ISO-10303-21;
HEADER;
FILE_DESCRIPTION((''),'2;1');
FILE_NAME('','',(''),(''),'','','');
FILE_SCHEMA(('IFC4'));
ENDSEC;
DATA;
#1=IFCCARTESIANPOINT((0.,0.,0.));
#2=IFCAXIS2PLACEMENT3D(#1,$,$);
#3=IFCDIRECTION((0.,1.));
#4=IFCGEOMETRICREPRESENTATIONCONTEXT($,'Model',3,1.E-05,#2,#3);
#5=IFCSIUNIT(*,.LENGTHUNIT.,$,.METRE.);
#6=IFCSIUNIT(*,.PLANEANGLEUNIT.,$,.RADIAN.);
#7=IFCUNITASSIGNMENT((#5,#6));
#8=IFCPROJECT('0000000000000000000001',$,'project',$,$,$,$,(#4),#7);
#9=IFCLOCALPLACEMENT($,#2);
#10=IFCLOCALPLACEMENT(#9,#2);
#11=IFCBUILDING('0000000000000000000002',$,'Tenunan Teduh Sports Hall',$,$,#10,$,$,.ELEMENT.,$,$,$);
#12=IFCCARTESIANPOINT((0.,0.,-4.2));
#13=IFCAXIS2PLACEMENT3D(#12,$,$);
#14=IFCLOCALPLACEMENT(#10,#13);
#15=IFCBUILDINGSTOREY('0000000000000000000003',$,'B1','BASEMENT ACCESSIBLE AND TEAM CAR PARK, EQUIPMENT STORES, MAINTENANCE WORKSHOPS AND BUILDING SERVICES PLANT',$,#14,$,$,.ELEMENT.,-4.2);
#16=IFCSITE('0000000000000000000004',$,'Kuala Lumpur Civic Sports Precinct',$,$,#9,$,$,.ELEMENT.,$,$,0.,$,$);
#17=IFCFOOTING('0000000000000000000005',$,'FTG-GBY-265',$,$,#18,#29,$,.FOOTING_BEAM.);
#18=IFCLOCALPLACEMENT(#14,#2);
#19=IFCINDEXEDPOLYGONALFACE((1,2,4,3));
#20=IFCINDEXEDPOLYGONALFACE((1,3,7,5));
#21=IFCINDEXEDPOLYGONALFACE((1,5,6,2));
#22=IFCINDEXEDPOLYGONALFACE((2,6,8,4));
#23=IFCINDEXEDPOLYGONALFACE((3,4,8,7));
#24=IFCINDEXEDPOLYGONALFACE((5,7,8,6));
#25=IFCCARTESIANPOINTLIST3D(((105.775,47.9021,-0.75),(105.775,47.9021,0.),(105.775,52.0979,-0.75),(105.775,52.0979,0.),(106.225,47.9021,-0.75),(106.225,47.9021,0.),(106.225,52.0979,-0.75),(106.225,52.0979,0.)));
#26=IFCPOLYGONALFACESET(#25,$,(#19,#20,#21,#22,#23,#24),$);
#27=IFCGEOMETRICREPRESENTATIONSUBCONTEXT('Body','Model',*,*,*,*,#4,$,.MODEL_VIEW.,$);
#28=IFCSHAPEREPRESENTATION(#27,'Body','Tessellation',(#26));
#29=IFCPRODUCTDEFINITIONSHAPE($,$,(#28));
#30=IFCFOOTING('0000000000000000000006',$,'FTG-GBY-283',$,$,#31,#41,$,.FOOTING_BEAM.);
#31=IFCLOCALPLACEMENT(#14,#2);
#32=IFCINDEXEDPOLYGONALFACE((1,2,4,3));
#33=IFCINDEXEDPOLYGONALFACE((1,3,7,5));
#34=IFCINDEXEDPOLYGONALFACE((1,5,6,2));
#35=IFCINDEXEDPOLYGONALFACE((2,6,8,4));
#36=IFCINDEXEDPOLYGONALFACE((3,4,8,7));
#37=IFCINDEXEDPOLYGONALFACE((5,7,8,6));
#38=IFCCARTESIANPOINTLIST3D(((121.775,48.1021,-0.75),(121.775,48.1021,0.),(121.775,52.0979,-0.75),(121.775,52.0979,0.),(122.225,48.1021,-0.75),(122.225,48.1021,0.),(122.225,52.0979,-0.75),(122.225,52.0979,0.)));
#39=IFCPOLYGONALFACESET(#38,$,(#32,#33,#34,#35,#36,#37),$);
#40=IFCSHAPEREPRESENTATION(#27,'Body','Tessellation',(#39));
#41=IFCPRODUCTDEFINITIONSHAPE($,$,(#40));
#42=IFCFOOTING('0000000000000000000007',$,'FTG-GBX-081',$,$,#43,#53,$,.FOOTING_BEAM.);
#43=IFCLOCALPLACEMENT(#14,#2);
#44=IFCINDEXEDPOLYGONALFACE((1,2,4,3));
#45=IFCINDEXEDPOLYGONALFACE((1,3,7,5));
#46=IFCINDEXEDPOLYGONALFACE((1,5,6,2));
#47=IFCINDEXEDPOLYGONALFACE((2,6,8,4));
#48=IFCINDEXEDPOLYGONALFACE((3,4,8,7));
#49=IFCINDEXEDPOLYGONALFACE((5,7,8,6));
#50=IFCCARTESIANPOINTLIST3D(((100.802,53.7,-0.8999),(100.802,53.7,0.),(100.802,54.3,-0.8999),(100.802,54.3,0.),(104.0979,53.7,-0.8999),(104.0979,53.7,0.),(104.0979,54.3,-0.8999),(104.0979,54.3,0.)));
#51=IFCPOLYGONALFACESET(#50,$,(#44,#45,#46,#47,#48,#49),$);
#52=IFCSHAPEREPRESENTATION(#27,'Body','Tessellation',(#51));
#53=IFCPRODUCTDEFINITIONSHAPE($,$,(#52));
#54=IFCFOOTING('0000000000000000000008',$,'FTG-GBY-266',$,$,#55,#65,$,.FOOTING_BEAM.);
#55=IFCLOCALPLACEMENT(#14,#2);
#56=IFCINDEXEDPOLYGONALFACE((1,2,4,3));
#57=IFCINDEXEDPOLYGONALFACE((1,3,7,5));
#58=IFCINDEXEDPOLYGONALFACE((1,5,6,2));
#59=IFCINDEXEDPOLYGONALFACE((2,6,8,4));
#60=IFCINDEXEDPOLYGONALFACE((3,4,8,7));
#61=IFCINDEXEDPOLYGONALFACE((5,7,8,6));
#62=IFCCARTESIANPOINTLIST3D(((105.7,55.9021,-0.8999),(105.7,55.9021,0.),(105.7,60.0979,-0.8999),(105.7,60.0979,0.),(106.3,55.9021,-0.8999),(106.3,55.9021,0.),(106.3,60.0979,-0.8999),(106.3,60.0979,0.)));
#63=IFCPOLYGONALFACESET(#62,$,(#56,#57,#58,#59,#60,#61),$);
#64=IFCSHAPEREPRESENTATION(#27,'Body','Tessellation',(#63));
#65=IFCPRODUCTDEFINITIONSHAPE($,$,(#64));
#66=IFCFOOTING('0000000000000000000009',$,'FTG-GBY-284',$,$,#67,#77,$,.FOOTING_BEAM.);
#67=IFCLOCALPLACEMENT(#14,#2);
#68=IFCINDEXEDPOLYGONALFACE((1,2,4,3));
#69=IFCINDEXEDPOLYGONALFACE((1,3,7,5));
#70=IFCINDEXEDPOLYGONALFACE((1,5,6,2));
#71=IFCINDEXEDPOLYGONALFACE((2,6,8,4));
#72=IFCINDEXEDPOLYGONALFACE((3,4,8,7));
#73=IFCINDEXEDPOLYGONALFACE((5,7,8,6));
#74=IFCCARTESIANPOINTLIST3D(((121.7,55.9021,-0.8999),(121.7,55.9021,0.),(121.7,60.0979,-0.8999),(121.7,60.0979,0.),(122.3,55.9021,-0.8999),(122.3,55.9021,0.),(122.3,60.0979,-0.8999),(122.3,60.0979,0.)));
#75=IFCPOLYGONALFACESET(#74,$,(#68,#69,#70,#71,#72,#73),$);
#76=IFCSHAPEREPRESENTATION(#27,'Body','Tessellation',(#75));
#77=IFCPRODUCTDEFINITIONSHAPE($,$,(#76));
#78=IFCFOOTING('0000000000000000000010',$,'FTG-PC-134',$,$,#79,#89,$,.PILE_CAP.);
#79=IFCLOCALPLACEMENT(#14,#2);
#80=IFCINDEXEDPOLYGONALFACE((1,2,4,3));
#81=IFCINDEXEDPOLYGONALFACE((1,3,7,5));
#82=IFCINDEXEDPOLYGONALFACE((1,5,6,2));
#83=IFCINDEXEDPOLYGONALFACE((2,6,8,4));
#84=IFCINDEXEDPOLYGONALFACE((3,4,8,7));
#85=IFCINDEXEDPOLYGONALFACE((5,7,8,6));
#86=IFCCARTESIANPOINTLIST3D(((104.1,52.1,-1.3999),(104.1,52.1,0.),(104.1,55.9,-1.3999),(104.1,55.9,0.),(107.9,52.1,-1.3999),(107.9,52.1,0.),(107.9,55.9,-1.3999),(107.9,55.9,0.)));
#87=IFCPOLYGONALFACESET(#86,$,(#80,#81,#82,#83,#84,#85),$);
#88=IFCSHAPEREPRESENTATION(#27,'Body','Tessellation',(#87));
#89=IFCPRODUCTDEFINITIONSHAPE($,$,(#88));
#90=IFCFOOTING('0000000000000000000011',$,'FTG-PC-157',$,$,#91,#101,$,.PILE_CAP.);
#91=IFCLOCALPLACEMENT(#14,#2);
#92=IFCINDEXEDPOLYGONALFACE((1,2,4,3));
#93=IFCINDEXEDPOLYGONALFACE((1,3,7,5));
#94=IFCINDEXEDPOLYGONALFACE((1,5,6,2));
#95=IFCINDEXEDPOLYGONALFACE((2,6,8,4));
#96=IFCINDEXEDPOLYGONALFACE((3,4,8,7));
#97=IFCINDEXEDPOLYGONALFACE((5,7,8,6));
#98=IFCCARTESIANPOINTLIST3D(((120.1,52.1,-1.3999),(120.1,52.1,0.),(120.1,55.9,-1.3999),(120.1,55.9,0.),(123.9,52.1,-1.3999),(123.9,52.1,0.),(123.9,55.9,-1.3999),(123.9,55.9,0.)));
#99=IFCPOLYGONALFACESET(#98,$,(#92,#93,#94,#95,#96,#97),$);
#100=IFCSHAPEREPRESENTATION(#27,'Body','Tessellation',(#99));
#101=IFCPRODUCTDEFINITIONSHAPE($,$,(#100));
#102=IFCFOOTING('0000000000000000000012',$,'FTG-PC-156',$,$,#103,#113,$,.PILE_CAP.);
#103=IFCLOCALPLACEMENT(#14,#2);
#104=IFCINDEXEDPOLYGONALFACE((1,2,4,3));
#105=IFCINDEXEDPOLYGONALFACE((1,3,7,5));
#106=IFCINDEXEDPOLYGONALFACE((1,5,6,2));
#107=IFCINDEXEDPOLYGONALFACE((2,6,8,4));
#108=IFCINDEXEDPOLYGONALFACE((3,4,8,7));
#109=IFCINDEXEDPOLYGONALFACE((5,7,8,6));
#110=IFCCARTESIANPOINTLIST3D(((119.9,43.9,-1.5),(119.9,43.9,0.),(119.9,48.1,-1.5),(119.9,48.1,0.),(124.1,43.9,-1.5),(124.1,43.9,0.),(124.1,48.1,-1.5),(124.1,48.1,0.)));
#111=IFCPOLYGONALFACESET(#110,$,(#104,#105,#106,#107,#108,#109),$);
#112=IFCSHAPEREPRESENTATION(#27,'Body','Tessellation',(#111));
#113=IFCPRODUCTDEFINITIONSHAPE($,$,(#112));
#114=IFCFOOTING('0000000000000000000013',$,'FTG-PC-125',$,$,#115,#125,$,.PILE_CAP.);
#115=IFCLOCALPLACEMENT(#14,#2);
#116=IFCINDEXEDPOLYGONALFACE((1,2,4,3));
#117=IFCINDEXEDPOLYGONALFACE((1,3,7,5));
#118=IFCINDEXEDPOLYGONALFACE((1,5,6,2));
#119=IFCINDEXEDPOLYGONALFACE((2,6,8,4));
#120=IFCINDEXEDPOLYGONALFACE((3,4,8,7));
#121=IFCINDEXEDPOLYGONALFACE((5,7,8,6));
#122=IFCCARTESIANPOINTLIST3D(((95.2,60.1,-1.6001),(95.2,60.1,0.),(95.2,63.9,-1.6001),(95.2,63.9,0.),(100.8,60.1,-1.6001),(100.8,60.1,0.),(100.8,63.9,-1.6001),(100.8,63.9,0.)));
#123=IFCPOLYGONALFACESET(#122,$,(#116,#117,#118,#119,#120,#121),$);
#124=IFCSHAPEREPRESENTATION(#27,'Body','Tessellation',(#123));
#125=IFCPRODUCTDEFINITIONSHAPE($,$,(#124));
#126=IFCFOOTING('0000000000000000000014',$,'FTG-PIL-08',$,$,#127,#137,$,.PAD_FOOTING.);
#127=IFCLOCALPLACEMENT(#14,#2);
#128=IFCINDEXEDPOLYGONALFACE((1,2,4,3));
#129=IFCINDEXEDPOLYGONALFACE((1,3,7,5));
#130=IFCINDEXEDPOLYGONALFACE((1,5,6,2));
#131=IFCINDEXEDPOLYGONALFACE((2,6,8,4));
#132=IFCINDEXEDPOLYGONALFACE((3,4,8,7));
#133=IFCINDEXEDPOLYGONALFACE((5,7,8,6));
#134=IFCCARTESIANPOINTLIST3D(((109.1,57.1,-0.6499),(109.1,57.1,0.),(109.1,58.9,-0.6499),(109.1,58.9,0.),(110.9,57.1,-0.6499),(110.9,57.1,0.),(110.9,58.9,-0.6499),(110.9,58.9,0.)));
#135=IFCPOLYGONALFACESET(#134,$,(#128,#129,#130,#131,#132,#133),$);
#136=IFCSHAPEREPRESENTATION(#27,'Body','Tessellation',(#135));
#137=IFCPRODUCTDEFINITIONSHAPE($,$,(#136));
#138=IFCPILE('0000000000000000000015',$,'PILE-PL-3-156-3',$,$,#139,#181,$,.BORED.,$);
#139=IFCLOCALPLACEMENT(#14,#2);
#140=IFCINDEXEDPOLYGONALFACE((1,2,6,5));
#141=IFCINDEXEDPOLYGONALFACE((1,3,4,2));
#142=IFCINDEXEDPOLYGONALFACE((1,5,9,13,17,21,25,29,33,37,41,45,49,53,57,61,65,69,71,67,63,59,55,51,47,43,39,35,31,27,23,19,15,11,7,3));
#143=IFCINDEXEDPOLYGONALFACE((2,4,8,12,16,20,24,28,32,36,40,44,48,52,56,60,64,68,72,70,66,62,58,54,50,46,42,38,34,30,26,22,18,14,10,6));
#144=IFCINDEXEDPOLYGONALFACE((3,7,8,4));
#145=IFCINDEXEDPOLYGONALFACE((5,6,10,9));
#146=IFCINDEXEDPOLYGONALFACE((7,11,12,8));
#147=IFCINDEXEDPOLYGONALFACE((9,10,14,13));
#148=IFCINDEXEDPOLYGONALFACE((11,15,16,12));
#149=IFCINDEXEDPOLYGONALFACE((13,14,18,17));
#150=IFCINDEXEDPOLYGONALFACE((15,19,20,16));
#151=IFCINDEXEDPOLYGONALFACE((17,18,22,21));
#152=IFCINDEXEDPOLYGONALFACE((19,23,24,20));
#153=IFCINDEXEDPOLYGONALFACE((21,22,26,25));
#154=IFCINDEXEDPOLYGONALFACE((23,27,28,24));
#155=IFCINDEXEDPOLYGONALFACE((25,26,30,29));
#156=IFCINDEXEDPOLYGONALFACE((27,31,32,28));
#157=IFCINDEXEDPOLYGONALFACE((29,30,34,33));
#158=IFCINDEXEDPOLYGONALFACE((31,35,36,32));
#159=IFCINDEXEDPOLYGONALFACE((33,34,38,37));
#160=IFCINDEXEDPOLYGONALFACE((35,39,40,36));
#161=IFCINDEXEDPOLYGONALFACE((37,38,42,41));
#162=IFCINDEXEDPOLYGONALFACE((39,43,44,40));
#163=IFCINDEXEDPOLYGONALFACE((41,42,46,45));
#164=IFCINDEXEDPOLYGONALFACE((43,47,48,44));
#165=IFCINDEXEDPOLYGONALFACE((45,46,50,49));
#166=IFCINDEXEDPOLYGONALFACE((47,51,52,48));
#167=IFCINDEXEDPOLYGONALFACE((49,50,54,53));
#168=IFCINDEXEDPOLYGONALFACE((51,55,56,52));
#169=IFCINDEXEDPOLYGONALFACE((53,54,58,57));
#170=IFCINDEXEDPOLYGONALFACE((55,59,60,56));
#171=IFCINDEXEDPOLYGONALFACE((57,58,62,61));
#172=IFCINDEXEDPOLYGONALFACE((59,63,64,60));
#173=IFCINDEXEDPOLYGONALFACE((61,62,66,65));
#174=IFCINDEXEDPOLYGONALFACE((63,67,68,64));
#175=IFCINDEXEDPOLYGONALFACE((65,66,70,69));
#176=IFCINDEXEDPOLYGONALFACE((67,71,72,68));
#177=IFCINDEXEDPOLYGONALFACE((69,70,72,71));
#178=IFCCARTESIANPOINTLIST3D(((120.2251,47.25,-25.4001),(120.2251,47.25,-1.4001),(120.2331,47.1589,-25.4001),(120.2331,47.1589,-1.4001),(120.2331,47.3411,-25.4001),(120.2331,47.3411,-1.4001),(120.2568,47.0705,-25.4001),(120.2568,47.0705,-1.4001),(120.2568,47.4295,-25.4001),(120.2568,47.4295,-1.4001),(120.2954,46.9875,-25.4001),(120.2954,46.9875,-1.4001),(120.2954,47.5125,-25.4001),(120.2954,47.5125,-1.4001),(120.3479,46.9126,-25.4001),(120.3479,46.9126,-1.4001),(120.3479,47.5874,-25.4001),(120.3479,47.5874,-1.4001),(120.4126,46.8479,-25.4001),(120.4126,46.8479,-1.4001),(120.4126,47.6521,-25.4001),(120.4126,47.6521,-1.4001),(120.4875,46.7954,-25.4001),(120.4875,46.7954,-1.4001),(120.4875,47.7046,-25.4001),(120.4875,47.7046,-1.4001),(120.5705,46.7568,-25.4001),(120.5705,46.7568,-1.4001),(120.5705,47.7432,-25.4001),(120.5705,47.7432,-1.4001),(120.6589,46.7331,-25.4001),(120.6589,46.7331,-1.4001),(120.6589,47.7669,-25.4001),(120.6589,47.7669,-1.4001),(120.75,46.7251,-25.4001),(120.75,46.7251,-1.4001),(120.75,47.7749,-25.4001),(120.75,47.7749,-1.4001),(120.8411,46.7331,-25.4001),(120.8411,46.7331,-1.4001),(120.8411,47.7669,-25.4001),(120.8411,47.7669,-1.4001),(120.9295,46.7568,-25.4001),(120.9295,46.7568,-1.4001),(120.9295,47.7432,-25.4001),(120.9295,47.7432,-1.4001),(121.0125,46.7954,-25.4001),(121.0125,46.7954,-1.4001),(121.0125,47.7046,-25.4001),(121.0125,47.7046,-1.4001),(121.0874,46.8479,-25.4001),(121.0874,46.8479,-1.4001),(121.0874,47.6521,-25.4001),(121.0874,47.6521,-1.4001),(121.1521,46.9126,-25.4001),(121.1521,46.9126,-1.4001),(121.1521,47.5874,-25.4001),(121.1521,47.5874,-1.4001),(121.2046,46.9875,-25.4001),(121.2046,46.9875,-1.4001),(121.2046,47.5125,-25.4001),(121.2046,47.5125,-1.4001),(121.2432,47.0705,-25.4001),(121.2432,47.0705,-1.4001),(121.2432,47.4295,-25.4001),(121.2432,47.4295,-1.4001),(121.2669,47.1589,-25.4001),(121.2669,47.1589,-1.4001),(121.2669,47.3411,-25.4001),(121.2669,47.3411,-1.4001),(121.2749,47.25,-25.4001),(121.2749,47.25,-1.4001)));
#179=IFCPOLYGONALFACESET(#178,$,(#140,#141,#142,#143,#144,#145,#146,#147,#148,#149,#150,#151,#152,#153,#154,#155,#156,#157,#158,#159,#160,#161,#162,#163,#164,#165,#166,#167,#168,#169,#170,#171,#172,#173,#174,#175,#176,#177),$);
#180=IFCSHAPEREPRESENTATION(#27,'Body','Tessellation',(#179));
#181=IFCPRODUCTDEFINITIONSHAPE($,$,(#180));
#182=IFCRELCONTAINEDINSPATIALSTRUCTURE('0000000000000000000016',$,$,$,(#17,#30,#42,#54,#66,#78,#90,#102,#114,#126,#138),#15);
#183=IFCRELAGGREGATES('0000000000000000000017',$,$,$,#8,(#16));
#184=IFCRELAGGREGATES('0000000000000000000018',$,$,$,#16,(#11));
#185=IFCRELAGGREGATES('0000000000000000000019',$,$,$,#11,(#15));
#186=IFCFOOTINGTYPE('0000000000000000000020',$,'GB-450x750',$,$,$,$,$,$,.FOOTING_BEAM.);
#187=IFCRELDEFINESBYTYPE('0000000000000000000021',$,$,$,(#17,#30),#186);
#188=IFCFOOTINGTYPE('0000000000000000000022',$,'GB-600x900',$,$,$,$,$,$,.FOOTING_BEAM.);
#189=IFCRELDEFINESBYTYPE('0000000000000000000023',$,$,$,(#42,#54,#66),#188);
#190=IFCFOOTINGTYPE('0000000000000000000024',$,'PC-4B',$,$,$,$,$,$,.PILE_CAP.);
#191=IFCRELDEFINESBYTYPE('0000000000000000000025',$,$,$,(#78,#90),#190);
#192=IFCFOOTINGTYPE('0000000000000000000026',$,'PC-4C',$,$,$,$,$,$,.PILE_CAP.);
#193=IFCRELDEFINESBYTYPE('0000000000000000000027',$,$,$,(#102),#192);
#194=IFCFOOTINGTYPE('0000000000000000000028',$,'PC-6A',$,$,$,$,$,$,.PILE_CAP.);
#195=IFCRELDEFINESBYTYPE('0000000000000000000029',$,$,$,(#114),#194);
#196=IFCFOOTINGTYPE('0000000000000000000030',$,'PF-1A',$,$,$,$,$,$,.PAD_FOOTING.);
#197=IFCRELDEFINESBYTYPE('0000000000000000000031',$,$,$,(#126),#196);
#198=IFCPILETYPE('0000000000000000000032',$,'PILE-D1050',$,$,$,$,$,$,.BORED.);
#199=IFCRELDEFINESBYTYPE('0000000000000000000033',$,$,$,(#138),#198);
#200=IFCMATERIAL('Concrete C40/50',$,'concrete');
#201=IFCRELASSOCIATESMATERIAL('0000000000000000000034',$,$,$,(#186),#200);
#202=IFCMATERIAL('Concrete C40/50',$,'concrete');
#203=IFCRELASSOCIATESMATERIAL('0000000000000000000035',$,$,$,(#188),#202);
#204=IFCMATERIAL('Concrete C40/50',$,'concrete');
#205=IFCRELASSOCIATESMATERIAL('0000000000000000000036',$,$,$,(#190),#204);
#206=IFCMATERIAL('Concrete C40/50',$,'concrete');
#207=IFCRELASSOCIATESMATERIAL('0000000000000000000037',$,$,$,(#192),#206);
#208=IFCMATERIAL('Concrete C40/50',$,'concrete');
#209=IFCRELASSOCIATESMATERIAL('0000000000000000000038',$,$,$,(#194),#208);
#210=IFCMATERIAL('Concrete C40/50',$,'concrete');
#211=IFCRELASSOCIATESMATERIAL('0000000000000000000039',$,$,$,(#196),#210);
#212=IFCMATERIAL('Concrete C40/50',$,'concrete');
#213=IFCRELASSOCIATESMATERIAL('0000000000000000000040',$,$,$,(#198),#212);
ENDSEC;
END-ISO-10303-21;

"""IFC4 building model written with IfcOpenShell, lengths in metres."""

from ifc_helpers import new_model, si_unit, direction, frame, origin, origin_2d, place, context, subcontext, project, spatial, rectangle, circle, extrude, material, material_profile, profile_set, type_object, element, save


model = new_model("IFC4")

# Units and contexts
model_context = context("Model", 3, precision=1e-05, world=origin(), true_north=direction((0.0, 1.0)))
body_context = subcontext(model_context, "Body", "Model", "MODEL_VIEW")
ifc_project = project(units=[si_unit("LENGTHUNIT", "METRE"), si_unit("PLANEANGLEUNIT", "RADIAN")], contexts=[model_context])

# Site, building, storey
site_placement = place(None, origin())
site = spatial("IfcSite", under=ifc_project, at=site_placement, Name="Kuala Lumpur Civic Sports Precinct", CompositionType="ELEMENT", RefElevation=0.0)
building_placement = place(site_placement, origin())
building = spatial("IfcBuilding", under=site, at=building_placement, Name="Tenunan Teduh Sports Hall", CompositionType="ELEMENT")
storey_placement = place(building_placement, frame((0.0, 0.0, -4.2)))
storey = spatial("IfcBuildingStorey", under=building, at=storey_placement, Name="B1", Description="BASEMENT ACCESSIBLE AND TEAM CAR PARK, EQUIPMENT STORES, MAINTENANCE WORKSHOPS AND BUILDING SERVICES PLANT", CompositionType="ELEMENT", Elevation=-4.2)

# Footings
ifc_material_1 = material(Name="Concrete C40/50", Category="concrete")
ifc_material_profile_1 = material_profile(ifc_material_1, rectangle(XDim=0.45, YDim=0.75, at=origin_2d()), Name="RCB 450x750")
ifc_profile_set_1 = profile_set([ifc_material_profile_1], Name="Concrete C40/50")
footing_type_1 = type_object("IfcFootingType", Name="GB-450x750", PredefinedType="FOOTING_BEAM", material=ifc_profile_set_1)
footing_1_placement = place(storey_placement, frame((106.0, 47.9021, -0.375), z_axis=(0.0, 1.0, 0.0), x_axis=(-1.0, 0.0, 0.0)))
element("IfcFooting", 1, at=footing_1_placement, inside=storey, type_object=footing_type_1, Name="FTG-GBY-265", PredefinedType="FOOTING_BEAM", context=body_context, shape_type="SweptSolid", body=[
    extrude(rectangle(XDim=0.45, YDim=0.75, at=origin_2d()), origin(), (0.0, 0.0, 1.0), 4.1958),
])
footing_2_placement = place(storey_placement, frame((122.0, 48.1021, -0.375), z_axis=(0.0, 1.0, 0.0), x_axis=(-1.0, 0.0, 0.0)))
element("IfcFooting", 2, at=footing_2_placement, inside=storey, type_object=footing_type_1, Name="FTG-GBY-283", PredefinedType="FOOTING_BEAM", context=body_context, shape_type="SweptSolid", body=[
    extrude(rectangle(XDim=0.45, YDim=0.75, at=origin_2d()), origin(), (0.0, 0.0, 1.0), 3.9958),
])
ifc_material_2 = material(Name="Concrete C40/50", Category="concrete")
ifc_material_profile_2 = material_profile(ifc_material_2, rectangle(XDim=0.6001, YDim=0.8999, at=origin_2d()), Name="RCB 600x900")
ifc_profile_set_2 = profile_set([ifc_material_profile_2], Name="Concrete C40/50")
footing_type_2 = type_object("IfcFootingType", Name="GB-600x900", PredefinedType="FOOTING_BEAM", material=ifc_profile_set_2)
footing_3_placement = place(storey_placement, frame((100.802, 54.0, -0.45), z_axis=(1.0, 0.0, 0.0), x_axis=(0.0, 1.0, 0.0)))
element("IfcFooting", 3, at=footing_3_placement, inside=storey, type_object=footing_type_2, Name="FTG-GBX-081", PredefinedType="FOOTING_BEAM", context=body_context, shape_type="SweptSolid", body=[
    extrude(rectangle(XDim=0.6001, YDim=0.8999, at=origin_2d()), origin(), (0.0, 0.0, 1.0), 3.2959),
])
for number, where, z_axis, x_axis, name in (
    (4, (106.0, 55.9021, -0.45), (0.0, 1.0, 0.0), (-1.0, 0.0, 0.0), "FTG-GBY-266"),
    (5, (122.0, 55.9021, -0.45), (0.0, 1.0, 0.0), (-1.0, 0.0, 0.0), "FTG-GBY-284"),
):
    element("IfcFooting", number, at=place(storey_placement, frame(where, z_axis=z_axis, x_axis=x_axis)), inside=storey, type_object=footing_type_2, Name=name, PredefinedType="FOOTING_BEAM", context=body_context, shape_type="SweptSolid", body=[
        extrude(rectangle(XDim=0.6001, YDim=0.8999, at=origin_2d()), origin(), (0.0, 0.0, 1.0), 4.1958),
    ])
ifc_material_3 = material(Name="Concrete C40/50", Category="concrete")
footing_type_3 = type_object("IfcFootingType", Name="PC-4B", PredefinedType="PILE_CAP", material=ifc_material_3)
for number, where, z_axis, x_axis, name in (
    (6, (106.0, 54.0, -1.3999), (0.0, 0.0, 1.0), (1.0, 0.0, 0.0), "FTG-PC-134"),
    (7, (122.0, 54.0, -1.3999), (0.0, 0.0, 1.0), (1.0, 0.0, 0.0), "FTG-PC-157"),
):
    element("IfcFooting", number, at=place(storey_placement, frame(where, z_axis=z_axis, x_axis=x_axis)), inside=storey, type_object=footing_type_3, Name=name, PredefinedType="PILE_CAP", context=body_context, shape_type="SweptSolid", body=[
        extrude(rectangle(XDim=3.8, YDim=3.8, at=origin_2d()), origin(), (0.0, 0.0, 1.0), 1.3999),
    ])
ifc_material_4 = material(Name="Concrete C40/50", Category="concrete")
footing_type_4 = type_object("IfcFootingType", Name="PC-4C", PredefinedType="PILE_CAP", material=ifc_material_4)
footing_4_placement = place(storey_placement, frame((122.0, 46.0, -1.5), z_axis=(0.0, 0.0, 1.0), x_axis=(1.0, 0.0, 0.0)))
element("IfcFooting", 8, at=footing_4_placement, inside=storey, type_object=footing_type_4, Name="FTG-PC-156", PredefinedType="PILE_CAP", context=body_context, shape_type="SweptSolid", body=[
    extrude(rectangle(XDim=4.2, YDim=4.2, at=origin_2d()), origin(), (0.0, 0.0, 1.0), 1.5),
])
ifc_material_5 = material(Name="Concrete C40/50", Category="concrete")
footing_type_5 = type_object("IfcFootingType", Name="PC-6A", PredefinedType="PILE_CAP", material=ifc_material_5)
footing_5_placement = place(storey_placement, frame((98.0, 62.0, -1.6001), z_axis=(0.0, 0.0, 1.0), x_axis=(1.0, 0.0, 0.0)))
element("IfcFooting", 9, at=footing_5_placement, inside=storey, type_object=footing_type_5, Name="FTG-PC-125", PredefinedType="PILE_CAP", context=body_context, shape_type="SweptSolid", body=[
    extrude(rectangle(XDim=5.6001, YDim=3.8, at=origin_2d()), origin(), (0.0, 0.0, 1.0), 1.6001),
])
ifc_material_6 = material(Name="Concrete C40/50", Category="concrete")
footing_type_6 = type_object("IfcFootingType", Name="PF-1A", PredefinedType="PAD_FOOTING", material=ifc_material_6)
footing_6_placement = place(storey_placement, frame((110.0, 58.0, -0.6499), z_axis=(0.0, 0.0, 1.0), x_axis=(1.0, 0.0, 0.0)))
element("IfcFooting", 10, at=footing_6_placement, inside=storey, type_object=footing_type_6, Name="FTG-PIL-08", PredefinedType="PAD_FOOTING", context=body_context, shape_type="SweptSolid", body=[
    extrude(rectangle(XDim=1.8, YDim=1.8, at=origin_2d()), origin(), (0.0, 0.0, 1.0), 0.6499),
])

# Pile
ifc_material_7 = material(Name="Concrete C40/50", Category="concrete")
ifc_material_profile_3 = material_profile(ifc_material_7, circle(Radius=0.5249, at=origin_2d()), Name="PILE D1050")
ifc_profile_set_3 = profile_set([ifc_material_profile_3], Name="Concrete C40/50")
pile_type_1 = type_object("IfcPileType", Name="PILE-D1050", PredefinedType="BORED", material=ifc_profile_set_3)
pile_placement = place(storey_placement, frame((120.75, 47.25, -1.4001), z_axis=(0.0, 0.0, -1.0), x_axis=(1.0, 0.0, 0.0)))
element("IfcPile", 11, at=pile_placement, inside=storey, type_object=pile_type_1, Name="PILE-PL-3-156-3", PredefinedType="BORED", context=body_context, shape_type="SweptSolid", body=[
    extrude(circle(Radius=0.5249, at=origin_2d()), origin(), (0.0, 0.0, 1.0), 24.0),
])

save(model, "model.ifc")
